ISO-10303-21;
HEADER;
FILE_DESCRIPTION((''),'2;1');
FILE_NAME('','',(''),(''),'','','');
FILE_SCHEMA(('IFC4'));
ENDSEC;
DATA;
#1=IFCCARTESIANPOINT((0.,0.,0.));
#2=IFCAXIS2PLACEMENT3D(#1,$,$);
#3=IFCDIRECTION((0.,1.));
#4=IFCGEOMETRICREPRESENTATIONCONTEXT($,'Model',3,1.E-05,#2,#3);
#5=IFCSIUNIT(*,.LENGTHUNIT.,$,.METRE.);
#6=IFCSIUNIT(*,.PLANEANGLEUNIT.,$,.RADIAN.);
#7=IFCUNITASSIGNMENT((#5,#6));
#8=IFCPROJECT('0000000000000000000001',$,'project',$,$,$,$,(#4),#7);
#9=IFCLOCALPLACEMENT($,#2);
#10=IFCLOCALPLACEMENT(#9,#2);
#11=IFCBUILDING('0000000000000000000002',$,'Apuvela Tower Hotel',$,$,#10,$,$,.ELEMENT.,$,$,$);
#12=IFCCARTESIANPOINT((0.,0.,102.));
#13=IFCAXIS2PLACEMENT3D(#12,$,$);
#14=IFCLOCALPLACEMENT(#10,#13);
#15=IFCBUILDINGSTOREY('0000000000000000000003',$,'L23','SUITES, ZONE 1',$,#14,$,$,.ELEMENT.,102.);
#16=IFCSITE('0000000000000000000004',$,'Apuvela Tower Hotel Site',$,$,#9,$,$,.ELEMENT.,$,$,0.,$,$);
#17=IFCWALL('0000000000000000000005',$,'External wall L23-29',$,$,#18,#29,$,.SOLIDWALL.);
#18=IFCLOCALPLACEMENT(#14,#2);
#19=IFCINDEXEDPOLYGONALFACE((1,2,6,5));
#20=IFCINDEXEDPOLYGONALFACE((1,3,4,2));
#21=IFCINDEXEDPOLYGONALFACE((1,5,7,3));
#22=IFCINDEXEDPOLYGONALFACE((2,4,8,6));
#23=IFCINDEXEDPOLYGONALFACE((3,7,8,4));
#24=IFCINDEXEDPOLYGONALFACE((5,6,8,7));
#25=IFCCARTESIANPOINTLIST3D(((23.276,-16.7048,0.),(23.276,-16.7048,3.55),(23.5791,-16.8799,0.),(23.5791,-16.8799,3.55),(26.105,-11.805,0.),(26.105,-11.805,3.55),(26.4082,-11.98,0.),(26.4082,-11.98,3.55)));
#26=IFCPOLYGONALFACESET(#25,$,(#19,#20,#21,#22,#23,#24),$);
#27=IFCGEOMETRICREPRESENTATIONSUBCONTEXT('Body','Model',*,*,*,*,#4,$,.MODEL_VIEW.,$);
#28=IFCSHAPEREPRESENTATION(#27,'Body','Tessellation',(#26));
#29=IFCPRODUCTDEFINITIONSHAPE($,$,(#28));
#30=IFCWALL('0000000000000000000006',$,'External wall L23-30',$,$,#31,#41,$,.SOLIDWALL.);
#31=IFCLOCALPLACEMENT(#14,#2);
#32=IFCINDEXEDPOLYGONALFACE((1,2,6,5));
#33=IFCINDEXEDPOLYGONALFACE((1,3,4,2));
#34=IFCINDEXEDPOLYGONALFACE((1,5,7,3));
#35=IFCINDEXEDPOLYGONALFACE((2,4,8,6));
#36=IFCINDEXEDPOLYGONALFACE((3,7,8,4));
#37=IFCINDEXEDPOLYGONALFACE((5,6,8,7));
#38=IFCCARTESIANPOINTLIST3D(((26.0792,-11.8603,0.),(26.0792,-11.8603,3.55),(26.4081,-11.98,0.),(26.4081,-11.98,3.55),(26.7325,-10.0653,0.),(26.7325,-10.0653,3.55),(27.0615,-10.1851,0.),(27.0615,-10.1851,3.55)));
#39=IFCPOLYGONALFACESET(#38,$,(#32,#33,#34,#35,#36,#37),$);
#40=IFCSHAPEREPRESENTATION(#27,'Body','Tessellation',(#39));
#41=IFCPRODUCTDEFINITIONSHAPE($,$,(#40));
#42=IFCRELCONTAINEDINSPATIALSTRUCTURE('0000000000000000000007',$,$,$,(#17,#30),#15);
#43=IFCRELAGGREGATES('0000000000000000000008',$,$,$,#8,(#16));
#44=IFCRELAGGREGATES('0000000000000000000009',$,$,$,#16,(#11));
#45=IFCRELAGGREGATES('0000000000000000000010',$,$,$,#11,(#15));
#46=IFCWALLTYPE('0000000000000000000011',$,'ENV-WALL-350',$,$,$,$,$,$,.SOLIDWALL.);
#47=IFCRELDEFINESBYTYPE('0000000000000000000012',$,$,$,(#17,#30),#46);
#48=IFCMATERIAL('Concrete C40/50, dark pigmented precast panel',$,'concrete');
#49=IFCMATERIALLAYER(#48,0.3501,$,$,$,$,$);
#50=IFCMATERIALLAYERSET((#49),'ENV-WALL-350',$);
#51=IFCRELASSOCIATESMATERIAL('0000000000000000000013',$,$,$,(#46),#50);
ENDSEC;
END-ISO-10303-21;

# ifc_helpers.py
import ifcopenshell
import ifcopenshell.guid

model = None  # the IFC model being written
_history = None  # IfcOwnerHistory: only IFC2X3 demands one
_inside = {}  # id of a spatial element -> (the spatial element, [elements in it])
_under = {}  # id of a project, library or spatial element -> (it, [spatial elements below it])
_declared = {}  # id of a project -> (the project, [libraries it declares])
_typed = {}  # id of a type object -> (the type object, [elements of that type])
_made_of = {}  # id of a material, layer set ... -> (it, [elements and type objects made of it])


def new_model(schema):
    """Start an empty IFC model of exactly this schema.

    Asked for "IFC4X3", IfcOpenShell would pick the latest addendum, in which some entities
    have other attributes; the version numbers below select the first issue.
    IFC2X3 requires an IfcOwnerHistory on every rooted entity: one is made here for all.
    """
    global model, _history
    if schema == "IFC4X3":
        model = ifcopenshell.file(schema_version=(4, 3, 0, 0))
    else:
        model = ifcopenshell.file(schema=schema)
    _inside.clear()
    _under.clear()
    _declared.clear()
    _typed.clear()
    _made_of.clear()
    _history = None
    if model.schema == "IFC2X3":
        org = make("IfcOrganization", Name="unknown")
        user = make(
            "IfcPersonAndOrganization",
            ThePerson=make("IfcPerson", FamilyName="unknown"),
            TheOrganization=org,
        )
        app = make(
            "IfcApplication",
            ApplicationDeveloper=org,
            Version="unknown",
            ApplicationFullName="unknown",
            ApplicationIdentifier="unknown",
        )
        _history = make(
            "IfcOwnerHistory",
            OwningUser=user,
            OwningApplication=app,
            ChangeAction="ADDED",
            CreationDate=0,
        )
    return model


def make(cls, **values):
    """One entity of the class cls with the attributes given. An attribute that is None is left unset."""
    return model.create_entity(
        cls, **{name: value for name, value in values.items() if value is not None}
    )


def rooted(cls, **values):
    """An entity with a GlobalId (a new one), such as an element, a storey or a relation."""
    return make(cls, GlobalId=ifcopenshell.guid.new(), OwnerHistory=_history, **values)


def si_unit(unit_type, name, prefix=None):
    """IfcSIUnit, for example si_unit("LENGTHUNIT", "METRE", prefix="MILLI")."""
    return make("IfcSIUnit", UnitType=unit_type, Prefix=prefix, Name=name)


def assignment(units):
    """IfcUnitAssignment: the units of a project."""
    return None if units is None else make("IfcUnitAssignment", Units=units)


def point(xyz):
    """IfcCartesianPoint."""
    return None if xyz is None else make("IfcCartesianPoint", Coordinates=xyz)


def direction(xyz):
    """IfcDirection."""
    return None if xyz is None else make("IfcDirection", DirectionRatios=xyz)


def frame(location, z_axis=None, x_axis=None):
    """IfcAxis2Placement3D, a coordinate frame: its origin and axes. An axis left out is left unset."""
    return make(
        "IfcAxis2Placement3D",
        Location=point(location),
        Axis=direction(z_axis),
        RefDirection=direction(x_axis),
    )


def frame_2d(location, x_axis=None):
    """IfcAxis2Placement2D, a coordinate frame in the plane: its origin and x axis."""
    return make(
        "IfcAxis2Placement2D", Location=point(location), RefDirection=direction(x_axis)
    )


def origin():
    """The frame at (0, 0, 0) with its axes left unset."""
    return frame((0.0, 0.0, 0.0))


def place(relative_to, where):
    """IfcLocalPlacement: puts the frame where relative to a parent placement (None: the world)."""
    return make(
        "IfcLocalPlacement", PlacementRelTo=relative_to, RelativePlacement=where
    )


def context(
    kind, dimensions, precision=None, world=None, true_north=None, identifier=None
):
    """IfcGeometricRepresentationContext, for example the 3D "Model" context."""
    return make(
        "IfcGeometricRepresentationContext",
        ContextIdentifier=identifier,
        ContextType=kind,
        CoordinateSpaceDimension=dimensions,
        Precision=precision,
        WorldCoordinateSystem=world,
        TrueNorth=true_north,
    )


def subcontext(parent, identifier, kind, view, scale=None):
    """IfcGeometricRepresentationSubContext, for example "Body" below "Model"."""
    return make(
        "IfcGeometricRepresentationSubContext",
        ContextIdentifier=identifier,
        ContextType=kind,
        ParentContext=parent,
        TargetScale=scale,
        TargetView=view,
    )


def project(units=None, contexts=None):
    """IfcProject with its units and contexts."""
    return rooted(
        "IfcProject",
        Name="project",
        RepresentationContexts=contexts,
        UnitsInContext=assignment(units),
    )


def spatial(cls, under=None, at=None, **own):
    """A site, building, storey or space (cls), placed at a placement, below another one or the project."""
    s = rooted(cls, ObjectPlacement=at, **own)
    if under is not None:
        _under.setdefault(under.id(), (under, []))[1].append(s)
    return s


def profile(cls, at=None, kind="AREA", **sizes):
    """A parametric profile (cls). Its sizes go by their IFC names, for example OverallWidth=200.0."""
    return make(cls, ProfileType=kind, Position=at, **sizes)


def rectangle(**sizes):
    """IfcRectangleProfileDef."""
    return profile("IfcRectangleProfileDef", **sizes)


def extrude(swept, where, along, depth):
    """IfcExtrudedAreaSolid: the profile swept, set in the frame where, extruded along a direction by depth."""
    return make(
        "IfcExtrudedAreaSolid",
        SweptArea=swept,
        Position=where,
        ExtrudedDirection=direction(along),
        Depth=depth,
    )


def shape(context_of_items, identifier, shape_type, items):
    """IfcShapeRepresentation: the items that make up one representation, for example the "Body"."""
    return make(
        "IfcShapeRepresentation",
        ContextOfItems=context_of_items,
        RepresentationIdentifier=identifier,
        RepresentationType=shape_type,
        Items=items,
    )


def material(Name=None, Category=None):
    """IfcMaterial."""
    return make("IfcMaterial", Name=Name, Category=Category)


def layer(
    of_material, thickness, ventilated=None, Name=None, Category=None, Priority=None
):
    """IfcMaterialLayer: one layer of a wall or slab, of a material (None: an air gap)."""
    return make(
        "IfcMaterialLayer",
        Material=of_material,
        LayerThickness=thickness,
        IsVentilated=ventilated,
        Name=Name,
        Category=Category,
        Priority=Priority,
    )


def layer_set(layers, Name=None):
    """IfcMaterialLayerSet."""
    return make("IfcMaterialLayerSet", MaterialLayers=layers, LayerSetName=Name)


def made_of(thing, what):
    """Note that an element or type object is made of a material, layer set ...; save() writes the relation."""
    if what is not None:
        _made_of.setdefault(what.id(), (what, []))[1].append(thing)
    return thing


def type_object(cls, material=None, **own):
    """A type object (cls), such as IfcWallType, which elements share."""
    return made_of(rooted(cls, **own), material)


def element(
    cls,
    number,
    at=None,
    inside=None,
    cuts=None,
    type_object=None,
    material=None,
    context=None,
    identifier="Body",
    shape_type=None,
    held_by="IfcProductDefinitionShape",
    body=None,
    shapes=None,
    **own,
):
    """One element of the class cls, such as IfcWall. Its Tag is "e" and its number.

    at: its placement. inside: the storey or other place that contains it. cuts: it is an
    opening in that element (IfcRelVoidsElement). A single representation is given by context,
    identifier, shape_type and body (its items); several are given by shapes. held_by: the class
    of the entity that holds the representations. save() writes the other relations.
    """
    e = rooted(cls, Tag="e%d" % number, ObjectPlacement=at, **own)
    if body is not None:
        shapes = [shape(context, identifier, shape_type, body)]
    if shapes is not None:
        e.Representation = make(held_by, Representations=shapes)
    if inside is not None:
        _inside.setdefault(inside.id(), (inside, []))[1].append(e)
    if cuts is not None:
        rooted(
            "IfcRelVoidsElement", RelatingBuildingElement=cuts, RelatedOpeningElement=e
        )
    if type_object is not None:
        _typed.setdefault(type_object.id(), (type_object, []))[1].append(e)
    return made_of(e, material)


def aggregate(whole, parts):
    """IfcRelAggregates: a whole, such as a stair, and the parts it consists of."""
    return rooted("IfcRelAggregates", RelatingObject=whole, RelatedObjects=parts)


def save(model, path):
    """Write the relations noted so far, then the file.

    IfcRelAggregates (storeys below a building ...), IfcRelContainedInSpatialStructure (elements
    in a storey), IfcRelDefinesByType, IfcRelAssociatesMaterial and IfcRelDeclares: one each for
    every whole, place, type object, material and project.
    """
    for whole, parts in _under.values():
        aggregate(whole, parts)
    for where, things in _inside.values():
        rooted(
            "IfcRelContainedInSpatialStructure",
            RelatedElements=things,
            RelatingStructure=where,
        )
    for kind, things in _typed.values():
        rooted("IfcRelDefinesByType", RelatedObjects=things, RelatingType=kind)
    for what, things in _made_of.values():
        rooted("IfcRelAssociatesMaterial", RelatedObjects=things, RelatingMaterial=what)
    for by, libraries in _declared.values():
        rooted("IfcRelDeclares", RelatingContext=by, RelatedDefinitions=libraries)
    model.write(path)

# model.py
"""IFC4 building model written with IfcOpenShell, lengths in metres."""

from ifc_helpers import new_model, si_unit, direction, frame, frame_2d, origin, place, context, subcontext, project, spatial, rectangle, extrude, material, layer, layer_set, type_object, element, save


model = new_model("IFC4")

# Units and contexts
model_context = context("Model", 3, precision=1e-05, world=origin(), true_north=direction((0.0, 1.0)))
body_context = subcontext(model_context, "Body", "Model", "MODEL_VIEW")
ifc_project = project(units=[si_unit("LENGTHUNIT", "METRE"), si_unit("PLANEANGLEUNIT", "RADIAN")], contexts=[model_context])

# Site, building, storey
site_placement = place(None, origin())
site = spatial("IfcSite", under=ifc_project, at=site_placement, Name="Apuvela Tower Hotel Site", CompositionType="ELEMENT", RefElevation=0.0)
building_placement = place(site_placement, origin())
building = spatial("IfcBuilding", under=site, at=building_placement, Name="Apuvela Tower Hotel", CompositionType="ELEMENT")
storey_placement = place(building_placement, frame((0.0, 0.0, 102.0)))
storey = spatial("IfcBuildingStorey", under=building, at=storey_placement, Name="L23", Description="SUITES, ZONE 1", CompositionType="ELEMENT", Elevation=102.0)

# Shared definitions
ifc_material_1 = material(Name="Concrete C40/50, dark pigmented precast panel", Category="concrete")
ifc_layer_1 = layer(ifc_material_1, 0.3501)
ifc_layer_set_1 = layer_set([ifc_layer_1], Name="ENV-WALL-350")
wall_type_1 = type_object("IfcWallType", Name="ENV-WALL-350", PredefinedType="SOLIDWALL", material=ifc_layer_set_1)

# Walls
wall_1_placement = place(storey_placement, frame((23.4275, -16.7925, 0.0), z_axis=(0.0, 0.0, 1.0), x_axis=(0.500019, 0.866015, 0.0)))
element("IfcWall", 1, at=wall_1_placement, inside=storey, type_object=wall_type_1, Name="External wall L23-29", PredefinedType="SOLIDWALL", context=body_context, shape_type="SweptSolid", body=[
    extrude(rectangle(XDim=5.658, YDim=0.3501, at=frame_2d((2.8291, 0.0))), origin(), (0.0, 0.0, 1.0), 3.55),
])
wall_2_placement = place(storey_placement, frame((26.2437, -11.9202, 0.0), z_axis=(0.0, 0.0, 1.0), x_axis=(0.34203, 0.939689, 0.0)))
element("IfcWall", 2, at=wall_2_placement, inside=storey, type_object=wall_type_1, Name="External wall L23-30", PredefinedType="SOLIDWALL", context=body_context, shape_type="SweptSolid", body=[
    extrude(rectangle(XDim=1.9102, YDim=0.3501, at=frame_2d((0.9551, 0.0))), origin(), (0.0, 0.0, 1.0), 3.55),
])

save(model, "model.ifc")
